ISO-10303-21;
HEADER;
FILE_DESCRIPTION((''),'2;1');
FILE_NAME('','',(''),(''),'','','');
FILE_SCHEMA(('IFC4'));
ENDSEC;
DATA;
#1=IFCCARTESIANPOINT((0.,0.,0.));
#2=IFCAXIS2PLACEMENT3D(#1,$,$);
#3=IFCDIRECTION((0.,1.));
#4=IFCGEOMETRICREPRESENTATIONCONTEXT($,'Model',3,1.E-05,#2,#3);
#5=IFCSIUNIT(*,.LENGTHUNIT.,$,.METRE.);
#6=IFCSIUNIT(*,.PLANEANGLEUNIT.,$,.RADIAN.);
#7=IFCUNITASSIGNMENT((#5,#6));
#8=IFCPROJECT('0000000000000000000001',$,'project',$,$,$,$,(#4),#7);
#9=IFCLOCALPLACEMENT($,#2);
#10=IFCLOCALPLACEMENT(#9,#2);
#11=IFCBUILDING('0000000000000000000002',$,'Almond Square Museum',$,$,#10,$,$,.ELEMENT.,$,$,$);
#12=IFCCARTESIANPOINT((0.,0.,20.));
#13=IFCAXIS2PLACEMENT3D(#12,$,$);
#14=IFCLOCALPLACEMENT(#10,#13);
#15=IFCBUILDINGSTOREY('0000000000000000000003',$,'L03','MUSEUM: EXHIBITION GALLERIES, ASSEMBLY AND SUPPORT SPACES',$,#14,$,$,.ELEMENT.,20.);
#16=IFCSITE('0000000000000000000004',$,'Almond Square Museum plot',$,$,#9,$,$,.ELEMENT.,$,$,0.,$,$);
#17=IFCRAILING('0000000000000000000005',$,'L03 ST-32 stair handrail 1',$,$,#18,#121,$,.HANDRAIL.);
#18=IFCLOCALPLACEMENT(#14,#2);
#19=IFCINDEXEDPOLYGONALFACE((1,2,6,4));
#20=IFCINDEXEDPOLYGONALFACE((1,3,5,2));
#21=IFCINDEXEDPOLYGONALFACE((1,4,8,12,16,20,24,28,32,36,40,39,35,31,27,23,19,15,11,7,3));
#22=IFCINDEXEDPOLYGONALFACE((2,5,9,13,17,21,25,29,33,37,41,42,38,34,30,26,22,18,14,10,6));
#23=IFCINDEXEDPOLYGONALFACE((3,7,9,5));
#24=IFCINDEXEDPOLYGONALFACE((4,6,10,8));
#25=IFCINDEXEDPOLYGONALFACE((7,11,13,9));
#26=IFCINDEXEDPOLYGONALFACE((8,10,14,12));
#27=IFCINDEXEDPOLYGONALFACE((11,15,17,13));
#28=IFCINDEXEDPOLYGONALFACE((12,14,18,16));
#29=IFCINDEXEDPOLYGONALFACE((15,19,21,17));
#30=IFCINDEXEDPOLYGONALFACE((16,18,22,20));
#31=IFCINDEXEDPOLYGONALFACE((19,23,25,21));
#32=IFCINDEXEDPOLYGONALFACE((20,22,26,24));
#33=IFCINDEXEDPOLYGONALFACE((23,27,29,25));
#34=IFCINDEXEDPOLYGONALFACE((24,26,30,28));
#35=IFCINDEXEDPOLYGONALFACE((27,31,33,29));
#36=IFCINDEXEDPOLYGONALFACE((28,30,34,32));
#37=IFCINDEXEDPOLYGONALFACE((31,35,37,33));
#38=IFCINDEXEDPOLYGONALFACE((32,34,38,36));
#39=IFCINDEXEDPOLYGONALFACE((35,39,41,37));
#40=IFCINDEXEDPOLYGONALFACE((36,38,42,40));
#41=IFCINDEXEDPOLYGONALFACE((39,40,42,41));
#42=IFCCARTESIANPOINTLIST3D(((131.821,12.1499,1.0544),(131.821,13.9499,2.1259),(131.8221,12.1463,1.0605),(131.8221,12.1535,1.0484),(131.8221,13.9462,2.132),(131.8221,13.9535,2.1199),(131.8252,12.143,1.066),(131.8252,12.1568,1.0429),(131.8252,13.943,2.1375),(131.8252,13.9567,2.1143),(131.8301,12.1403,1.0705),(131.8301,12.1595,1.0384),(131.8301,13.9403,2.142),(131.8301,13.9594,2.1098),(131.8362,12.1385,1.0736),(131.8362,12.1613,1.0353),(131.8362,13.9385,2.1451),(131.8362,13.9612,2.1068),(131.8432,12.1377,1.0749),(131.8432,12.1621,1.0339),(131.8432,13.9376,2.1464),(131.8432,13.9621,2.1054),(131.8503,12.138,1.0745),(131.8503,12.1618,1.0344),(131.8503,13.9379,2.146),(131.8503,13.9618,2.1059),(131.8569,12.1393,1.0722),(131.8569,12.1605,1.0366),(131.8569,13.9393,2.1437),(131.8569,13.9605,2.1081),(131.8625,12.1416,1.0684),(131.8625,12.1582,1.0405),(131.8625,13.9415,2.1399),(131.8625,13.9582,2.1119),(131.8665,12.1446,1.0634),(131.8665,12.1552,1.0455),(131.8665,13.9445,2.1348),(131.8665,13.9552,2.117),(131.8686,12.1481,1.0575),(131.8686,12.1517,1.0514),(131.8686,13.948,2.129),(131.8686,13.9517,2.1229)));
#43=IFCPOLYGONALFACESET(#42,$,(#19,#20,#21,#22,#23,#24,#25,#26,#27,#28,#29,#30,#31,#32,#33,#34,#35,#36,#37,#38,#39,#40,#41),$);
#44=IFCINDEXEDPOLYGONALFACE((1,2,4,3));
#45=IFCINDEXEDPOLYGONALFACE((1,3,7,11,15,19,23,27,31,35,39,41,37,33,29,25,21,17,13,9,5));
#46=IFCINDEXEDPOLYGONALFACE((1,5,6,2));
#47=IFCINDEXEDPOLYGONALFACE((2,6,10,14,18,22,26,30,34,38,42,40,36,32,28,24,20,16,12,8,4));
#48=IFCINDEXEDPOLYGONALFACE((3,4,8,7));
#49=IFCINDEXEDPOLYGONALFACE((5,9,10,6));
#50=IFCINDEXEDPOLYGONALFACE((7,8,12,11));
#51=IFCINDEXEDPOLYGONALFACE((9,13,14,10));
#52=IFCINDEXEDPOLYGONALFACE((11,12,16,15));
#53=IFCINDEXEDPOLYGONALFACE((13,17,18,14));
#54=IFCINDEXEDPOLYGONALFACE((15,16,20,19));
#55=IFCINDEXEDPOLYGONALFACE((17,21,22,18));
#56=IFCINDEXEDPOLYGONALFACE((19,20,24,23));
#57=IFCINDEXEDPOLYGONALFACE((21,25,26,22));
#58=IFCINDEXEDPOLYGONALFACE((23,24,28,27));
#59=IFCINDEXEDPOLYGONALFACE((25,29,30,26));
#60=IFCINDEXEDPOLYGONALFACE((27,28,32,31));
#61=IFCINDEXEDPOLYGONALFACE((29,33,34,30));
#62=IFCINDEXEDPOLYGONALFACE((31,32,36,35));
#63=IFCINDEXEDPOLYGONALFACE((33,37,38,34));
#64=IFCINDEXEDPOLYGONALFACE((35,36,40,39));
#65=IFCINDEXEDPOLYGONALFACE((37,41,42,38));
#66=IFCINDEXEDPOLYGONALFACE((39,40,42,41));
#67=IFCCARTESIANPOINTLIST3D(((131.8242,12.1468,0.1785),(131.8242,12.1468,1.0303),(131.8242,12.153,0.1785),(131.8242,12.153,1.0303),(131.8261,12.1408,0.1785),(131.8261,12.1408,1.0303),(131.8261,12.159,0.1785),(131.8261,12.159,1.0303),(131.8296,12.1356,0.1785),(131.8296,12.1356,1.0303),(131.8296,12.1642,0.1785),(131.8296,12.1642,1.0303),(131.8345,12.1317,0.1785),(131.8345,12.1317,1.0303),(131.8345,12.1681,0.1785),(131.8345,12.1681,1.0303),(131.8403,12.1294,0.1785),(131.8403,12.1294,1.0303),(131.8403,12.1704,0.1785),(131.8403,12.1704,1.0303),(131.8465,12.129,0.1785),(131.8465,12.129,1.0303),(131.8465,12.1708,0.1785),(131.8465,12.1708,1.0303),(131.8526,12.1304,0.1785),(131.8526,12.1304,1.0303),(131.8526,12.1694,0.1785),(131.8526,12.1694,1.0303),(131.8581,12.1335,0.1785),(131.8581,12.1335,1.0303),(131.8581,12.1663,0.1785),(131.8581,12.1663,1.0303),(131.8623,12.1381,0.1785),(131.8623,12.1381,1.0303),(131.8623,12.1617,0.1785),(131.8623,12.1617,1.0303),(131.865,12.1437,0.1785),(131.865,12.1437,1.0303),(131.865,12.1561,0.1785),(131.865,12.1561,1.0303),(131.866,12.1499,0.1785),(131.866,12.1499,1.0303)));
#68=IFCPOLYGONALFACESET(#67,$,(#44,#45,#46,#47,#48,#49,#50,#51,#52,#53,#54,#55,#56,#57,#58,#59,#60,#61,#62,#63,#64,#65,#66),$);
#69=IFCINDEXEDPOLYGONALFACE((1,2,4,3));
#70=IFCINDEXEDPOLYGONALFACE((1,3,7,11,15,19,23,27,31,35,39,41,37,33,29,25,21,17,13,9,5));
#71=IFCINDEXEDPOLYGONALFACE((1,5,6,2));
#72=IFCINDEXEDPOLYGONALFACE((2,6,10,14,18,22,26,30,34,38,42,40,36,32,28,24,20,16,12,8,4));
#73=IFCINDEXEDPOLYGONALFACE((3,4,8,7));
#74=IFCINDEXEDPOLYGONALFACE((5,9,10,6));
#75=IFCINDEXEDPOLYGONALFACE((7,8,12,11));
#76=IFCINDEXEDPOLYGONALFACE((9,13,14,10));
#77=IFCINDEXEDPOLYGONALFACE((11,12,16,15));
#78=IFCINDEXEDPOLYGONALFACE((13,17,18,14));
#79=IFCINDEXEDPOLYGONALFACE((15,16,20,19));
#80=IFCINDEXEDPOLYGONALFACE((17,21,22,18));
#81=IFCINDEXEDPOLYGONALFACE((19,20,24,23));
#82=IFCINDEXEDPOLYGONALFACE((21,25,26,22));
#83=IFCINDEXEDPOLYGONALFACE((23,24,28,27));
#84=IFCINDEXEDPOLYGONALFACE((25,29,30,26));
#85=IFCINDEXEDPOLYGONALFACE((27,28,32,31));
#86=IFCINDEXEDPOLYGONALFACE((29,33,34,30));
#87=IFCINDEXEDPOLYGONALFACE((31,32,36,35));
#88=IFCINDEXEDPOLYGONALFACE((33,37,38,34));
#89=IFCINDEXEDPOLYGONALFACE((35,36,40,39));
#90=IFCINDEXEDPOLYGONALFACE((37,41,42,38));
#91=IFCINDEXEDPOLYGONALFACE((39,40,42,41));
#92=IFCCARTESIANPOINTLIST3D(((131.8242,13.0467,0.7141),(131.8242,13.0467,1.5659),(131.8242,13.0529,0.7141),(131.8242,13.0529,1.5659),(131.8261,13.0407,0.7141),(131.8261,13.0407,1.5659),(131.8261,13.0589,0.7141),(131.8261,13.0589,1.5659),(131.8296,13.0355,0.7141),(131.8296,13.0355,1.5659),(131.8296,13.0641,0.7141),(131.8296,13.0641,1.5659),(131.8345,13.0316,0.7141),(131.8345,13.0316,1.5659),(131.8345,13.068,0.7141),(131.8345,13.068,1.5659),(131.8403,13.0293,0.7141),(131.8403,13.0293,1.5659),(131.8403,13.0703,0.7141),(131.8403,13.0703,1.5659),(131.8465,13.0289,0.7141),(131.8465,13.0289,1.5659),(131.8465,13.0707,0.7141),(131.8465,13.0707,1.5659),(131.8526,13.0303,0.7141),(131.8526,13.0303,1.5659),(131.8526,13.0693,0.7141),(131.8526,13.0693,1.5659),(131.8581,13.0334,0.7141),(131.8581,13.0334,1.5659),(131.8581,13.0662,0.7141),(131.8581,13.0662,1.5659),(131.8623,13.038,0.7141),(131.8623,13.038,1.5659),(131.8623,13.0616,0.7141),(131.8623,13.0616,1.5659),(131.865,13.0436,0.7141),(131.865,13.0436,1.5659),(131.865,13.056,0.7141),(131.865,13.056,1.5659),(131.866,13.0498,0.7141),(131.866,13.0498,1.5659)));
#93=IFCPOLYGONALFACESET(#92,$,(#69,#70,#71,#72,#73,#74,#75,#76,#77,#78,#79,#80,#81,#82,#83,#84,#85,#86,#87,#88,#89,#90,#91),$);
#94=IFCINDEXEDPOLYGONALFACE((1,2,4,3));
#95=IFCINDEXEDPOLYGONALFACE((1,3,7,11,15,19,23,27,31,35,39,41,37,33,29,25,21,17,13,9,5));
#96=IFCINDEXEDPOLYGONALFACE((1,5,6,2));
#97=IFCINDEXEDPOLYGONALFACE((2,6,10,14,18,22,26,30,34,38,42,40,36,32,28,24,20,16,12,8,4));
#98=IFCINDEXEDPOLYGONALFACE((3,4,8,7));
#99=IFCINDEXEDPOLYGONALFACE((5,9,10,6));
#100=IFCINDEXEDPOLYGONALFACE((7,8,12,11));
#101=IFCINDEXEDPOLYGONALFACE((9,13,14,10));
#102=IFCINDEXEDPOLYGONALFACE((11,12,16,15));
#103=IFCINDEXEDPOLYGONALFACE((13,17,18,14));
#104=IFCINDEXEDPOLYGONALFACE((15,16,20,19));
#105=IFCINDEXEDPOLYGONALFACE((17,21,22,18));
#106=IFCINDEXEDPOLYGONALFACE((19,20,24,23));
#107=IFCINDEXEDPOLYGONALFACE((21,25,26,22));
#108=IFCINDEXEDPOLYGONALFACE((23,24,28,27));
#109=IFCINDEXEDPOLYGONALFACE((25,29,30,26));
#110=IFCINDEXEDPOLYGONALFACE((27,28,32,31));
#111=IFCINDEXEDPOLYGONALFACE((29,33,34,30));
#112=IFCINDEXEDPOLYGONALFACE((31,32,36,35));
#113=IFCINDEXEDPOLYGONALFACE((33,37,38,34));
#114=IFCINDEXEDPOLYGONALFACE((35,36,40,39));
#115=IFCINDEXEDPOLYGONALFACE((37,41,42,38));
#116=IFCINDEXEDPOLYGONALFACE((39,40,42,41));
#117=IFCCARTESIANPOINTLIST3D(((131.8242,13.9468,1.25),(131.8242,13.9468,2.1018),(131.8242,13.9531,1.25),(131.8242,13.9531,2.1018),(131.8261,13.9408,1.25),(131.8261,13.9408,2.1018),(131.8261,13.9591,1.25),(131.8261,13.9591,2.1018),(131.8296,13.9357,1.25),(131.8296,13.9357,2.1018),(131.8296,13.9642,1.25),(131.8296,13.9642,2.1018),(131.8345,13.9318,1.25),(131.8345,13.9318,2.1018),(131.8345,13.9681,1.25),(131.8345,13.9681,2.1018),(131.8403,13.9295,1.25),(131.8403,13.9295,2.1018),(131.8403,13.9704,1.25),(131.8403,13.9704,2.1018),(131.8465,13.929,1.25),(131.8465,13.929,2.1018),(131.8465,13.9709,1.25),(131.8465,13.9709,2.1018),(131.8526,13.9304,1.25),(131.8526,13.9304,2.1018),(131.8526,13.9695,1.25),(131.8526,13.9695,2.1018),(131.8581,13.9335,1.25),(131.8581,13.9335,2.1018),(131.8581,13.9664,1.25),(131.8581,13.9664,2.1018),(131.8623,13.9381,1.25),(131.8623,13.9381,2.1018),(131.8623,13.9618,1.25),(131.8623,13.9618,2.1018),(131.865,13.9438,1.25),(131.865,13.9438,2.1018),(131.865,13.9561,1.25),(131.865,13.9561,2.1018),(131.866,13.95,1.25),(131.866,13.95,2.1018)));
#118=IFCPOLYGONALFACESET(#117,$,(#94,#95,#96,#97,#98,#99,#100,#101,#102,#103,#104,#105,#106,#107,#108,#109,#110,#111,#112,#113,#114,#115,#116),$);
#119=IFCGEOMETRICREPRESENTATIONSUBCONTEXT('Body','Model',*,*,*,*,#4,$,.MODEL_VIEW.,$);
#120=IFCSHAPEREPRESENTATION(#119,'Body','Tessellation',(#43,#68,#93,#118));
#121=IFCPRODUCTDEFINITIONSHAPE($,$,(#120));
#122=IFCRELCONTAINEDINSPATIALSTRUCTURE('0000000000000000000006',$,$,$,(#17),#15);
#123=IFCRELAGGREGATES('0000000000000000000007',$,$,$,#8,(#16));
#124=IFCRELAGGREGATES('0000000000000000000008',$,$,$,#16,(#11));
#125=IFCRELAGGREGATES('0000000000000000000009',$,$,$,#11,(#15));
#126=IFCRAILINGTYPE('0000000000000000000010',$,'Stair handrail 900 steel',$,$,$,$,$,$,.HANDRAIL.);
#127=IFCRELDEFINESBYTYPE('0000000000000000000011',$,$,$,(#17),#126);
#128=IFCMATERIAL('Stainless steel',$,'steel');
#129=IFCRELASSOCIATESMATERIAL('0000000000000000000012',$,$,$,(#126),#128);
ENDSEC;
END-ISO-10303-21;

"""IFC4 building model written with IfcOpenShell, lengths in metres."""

from ifc_helpers import new_model, si_unit, direction, frame, origin, origin_2d, place, context, subcontext, project, spatial, circle, extrude, material, type_object, element, save


model = new_model("IFC4")

# Units and contexts
model_context = context("Model", 3, precision=1e-05, world=origin(), true_north=direction((0.0, 1.0)))
body_context = subcontext(model_context, "Body", "Model", "MODEL_VIEW")
ifc_project = project(units=[si_unit("LENGTHUNIT", "METRE"), si_unit("PLANEANGLEUNIT", "RADIAN")], contexts=[model_context])

# Site, building, storey
site_placement = place(None, origin())
site = spatial("IfcSite", under=ifc_project, at=site_placement, Name="Almond Square Museum plot", CompositionType="ELEMENT", RefElevation=0.0)
building_placement = place(site_placement, origin())
building = spatial("IfcBuilding", under=site, at=building_placement, Name="Almond Square Museum", CompositionType="ELEMENT")
storey_placement = place(building_placement, frame((0.0, 0.0, 20.0)))
storey = spatial("IfcBuildingStorey", under=building, at=storey_placement, Name="L03", Description="MUSEUM: EXHIBITION GALLERIES, ASSEMBLY AND SUPPORT SPACES", CompositionType="ELEMENT", Elevation=20.0)

# Railing
ifc_material_1 = material(Name="Stainless steel", Category="steel")
railing_type_1 = type_object("IfcRailingType", Name="Stair handrail 900 steel", PredefinedType="HANDRAIL", material=ifc_material_1)
railing_1_placement = place(storey_placement, frame((131.845, 12.1499, 0.1785)))
element("IfcRailing", 1, at=railing_1_placement, inside=storey, type_object=railing_type_1, Name="L03 ST-32 stair handrail 1", PredefinedType="HANDRAIL", context=body_context, shape_type="SweptSolid", body=[
    extrude(circle(Radius=0.0239, at=origin_2d()), frame((0.0, 0.0, 0.876), z_axis=(0.0, 0.859277, 0.51151), x_axis=(-1.0, 0.0, 0.0)), (0.0, 0.0, 1.0), 2.0947),
    extrude(circle(Radius=0.021, at=origin_2d()), origin(), (0.0, 0.0, 1.0), 0.8518),
    extrude(circle(Radius=0.021, at=origin_2d()), frame((0.0, 0.8999, 0.5356)), (0.0, 0.0, 1.0), 0.8518),
    extrude(circle(Radius=0.021, at=origin_2d()), frame((0.0, 1.8, 1.0715)), (0.0, 0.0, 1.0), 0.8518),
])

save(model, "model.ifc")
